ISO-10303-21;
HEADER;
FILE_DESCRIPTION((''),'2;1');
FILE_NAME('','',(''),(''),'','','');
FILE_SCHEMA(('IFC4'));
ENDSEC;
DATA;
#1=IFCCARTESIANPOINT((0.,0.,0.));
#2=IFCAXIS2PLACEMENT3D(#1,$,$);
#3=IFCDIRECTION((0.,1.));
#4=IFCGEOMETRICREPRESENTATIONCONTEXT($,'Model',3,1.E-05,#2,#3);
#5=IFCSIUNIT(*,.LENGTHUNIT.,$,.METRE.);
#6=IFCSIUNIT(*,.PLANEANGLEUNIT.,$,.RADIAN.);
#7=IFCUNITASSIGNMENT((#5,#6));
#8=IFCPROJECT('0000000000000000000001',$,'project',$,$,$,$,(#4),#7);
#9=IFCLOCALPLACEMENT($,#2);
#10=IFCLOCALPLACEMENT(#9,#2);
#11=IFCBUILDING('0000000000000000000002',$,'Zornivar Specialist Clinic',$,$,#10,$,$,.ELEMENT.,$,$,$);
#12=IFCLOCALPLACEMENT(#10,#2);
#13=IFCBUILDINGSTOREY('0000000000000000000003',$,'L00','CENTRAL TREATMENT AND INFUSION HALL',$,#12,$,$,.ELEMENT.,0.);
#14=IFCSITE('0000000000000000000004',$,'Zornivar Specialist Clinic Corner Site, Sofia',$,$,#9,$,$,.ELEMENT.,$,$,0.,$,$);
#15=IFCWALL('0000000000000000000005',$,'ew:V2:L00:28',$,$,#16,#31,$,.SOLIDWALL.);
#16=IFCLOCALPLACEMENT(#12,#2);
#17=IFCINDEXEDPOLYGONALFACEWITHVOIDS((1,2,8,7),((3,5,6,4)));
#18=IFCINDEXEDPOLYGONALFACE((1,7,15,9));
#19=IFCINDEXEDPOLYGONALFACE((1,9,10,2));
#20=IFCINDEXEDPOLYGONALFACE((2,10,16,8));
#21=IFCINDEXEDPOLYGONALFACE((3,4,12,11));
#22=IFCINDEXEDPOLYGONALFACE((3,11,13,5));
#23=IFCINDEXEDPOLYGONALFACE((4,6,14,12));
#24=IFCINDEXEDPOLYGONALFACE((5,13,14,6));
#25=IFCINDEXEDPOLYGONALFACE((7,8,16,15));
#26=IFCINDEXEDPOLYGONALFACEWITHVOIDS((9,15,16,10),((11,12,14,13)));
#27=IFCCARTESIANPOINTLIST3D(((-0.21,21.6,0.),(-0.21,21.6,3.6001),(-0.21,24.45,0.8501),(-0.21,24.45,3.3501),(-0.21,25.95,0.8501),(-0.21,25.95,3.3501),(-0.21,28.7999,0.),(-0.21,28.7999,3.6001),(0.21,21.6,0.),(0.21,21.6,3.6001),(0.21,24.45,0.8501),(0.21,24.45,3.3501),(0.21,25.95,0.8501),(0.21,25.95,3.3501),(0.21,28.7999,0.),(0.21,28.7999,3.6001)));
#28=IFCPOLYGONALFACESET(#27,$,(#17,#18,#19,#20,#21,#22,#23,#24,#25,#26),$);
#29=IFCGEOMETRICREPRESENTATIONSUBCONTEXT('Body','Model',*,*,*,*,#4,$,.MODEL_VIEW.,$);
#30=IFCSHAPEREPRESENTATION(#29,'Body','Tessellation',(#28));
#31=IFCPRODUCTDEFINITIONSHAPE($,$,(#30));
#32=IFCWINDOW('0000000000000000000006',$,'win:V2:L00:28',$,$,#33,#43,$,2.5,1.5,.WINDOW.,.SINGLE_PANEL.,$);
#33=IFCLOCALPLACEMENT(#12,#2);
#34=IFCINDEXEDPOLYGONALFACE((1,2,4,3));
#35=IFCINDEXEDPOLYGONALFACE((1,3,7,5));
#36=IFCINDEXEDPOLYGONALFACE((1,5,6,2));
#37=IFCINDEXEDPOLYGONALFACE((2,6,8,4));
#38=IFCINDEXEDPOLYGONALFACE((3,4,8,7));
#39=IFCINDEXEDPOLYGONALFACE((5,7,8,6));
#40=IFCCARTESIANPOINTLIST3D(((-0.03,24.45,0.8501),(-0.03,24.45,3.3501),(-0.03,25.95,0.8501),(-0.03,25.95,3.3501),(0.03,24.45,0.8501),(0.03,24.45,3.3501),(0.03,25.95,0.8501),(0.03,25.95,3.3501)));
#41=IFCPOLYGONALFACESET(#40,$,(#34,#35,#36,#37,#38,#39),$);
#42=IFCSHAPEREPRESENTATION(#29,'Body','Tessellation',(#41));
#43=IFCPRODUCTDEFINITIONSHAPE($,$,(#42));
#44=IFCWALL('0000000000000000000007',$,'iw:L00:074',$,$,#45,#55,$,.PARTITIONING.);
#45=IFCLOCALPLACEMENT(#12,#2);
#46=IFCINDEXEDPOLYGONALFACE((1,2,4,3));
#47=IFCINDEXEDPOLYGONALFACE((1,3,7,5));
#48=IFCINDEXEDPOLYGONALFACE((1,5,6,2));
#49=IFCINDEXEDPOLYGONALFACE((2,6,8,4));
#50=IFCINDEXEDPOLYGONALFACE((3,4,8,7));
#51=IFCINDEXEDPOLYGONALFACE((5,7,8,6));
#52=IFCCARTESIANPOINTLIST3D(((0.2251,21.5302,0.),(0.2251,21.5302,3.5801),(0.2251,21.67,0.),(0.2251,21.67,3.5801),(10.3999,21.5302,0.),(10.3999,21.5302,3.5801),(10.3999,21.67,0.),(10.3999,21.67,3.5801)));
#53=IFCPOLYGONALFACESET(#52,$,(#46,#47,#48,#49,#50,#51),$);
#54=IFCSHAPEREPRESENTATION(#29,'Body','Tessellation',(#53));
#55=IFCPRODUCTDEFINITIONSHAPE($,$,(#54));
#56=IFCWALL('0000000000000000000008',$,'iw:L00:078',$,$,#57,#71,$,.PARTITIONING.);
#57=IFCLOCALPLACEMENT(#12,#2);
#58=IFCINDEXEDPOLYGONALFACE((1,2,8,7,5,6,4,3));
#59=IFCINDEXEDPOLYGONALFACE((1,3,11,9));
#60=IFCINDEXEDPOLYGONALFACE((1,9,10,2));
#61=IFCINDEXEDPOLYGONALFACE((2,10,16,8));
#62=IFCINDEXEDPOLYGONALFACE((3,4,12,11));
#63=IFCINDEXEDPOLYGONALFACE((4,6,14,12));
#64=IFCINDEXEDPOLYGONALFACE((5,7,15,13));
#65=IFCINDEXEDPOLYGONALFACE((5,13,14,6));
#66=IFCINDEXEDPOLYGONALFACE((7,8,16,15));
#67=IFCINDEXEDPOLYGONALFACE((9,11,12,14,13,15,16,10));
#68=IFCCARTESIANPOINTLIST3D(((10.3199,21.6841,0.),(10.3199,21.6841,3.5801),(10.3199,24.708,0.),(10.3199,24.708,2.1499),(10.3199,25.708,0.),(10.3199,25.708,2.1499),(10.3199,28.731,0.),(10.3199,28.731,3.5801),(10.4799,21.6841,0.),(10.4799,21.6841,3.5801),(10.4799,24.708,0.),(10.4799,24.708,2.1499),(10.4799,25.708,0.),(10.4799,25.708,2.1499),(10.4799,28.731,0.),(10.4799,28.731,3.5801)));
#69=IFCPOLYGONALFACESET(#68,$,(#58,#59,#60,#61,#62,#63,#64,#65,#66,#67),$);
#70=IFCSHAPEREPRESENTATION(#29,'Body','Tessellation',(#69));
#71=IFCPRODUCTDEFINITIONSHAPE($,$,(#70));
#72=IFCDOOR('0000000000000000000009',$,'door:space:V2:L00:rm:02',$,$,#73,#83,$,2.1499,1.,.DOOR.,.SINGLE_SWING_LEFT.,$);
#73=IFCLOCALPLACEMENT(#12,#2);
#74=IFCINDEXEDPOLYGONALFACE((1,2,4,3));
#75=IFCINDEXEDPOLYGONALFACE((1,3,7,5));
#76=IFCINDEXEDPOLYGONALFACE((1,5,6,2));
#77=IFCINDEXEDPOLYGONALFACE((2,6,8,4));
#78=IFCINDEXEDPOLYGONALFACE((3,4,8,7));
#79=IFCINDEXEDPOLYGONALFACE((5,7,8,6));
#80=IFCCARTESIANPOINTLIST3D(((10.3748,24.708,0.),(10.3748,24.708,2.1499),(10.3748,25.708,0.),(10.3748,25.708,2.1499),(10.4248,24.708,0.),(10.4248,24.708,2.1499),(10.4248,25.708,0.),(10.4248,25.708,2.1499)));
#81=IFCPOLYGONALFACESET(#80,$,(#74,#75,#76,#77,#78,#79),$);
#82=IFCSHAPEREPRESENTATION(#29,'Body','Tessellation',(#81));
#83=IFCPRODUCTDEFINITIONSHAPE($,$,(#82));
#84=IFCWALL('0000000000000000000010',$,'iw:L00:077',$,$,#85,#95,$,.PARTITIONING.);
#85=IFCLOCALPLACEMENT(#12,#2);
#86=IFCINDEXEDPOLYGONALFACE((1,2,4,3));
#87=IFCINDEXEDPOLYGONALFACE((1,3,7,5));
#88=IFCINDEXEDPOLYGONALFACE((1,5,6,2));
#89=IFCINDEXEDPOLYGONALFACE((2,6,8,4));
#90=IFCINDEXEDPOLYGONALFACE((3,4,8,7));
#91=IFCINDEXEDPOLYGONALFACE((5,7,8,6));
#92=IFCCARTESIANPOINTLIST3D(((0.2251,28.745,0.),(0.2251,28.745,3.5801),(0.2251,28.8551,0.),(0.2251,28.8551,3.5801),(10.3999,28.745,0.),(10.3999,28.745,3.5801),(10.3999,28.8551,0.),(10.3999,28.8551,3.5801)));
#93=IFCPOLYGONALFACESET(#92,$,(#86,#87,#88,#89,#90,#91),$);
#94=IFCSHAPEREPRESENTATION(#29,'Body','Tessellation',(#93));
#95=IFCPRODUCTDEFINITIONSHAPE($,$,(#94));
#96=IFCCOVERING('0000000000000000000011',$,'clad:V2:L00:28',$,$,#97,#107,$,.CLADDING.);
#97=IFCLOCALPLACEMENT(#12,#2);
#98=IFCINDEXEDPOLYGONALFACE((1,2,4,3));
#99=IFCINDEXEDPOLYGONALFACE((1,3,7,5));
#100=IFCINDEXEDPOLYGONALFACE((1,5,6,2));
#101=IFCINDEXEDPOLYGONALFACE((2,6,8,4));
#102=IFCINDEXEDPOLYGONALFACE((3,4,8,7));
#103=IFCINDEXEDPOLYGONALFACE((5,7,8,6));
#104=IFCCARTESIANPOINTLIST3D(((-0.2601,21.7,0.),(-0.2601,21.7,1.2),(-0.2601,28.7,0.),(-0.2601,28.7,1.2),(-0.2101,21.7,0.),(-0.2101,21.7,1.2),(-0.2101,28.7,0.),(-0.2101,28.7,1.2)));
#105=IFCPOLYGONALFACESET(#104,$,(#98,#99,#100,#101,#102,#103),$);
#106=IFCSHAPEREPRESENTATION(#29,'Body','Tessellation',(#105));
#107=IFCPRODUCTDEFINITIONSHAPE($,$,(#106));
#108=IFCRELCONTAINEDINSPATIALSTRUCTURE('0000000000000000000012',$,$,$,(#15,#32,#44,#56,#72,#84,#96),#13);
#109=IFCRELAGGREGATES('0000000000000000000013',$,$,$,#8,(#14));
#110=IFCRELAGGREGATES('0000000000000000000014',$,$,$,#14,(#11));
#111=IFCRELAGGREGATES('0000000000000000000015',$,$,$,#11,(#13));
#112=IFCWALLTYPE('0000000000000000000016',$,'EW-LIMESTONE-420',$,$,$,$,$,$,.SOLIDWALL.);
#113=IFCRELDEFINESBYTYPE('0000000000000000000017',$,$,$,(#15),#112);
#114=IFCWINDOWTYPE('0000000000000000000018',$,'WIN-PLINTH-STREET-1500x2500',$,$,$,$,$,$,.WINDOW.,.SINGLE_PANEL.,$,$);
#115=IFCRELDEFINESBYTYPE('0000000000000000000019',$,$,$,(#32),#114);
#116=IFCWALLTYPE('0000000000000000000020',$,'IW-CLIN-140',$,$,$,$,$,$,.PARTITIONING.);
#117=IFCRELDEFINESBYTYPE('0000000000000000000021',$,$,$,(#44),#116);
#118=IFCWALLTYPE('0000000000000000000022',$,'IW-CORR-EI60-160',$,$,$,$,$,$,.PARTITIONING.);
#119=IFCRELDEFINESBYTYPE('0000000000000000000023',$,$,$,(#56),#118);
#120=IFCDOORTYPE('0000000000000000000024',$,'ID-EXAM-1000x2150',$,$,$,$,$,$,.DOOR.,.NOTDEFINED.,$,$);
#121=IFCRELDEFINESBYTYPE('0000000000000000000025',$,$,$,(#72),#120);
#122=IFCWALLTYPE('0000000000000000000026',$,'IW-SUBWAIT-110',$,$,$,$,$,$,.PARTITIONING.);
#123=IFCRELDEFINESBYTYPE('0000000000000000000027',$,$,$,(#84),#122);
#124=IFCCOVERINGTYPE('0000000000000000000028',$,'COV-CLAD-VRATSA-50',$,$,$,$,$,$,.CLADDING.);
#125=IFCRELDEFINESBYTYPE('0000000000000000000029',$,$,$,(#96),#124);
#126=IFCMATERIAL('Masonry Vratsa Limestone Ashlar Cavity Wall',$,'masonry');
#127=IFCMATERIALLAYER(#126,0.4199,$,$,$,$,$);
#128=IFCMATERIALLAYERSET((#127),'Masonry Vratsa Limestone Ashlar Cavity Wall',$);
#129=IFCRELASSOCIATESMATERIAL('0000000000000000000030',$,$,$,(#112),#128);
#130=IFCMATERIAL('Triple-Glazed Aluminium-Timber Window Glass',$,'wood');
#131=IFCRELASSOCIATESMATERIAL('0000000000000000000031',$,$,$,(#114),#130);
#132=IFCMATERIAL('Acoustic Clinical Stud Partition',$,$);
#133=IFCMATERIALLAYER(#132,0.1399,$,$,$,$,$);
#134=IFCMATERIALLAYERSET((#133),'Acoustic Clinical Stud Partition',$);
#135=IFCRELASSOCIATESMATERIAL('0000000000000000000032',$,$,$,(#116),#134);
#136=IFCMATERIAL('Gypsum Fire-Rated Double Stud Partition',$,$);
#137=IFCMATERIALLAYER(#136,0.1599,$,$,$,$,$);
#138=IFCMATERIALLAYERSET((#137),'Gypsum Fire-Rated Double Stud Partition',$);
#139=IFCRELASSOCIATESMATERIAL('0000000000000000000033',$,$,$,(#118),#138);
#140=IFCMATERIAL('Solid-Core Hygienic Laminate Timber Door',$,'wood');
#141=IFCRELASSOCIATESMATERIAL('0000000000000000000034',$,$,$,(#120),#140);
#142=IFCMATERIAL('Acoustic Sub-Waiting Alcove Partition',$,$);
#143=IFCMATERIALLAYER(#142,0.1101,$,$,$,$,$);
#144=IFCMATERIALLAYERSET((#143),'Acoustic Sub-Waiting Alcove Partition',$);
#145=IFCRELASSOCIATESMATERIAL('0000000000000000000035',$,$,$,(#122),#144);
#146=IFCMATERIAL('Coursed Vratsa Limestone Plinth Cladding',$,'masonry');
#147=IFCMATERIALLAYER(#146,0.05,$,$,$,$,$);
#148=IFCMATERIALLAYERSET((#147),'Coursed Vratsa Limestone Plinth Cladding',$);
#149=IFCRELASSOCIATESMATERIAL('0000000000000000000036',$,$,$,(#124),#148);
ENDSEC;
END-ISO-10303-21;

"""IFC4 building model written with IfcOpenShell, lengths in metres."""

from ifc_helpers import new_model, si_unit, direction, frame, frame_2d, origin, origin_2d, place, context, subcontext, project, spatial, rectangle, extrude, material, layer, layer_set, type_object, element, fill, save


model = new_model("IFC4")

# Units and contexts
model_context = context("Model", 3, precision=1e-05, world=origin(), true_north=direction((0.0, 1.0)))
body_context = subcontext(model_context, "Body", "Model", "MODEL_VIEW")
ifc_project = project(units=[si_unit("LENGTHUNIT", "METRE"), si_unit("PLANEANGLEUNIT", "RADIAN")], contexts=[model_context])

# Site, building, storey
site_placement = place(None, origin())
site = spatial("IfcSite", under=ifc_project, at=site_placement, Name="Zornivar Specialist Clinic Corner Site, Sofia", CompositionType="ELEMENT", RefElevation=0.0)
building_placement = place(site_placement, origin())
building = spatial("IfcBuilding", under=site, at=building_placement, Name="Zornivar Specialist Clinic", CompositionType="ELEMENT")
storey_placement = place(building_placement, origin())
storey = spatial("IfcBuildingStorey", under=building, at=storey_placement, Name="L00", Description="CENTRAL TREATMENT AND INFUSION HALL", CompositionType="ELEMENT", Elevation=0.0)

# Wall, opening, window
ifc_material_1 = material(Name="Masonry Vratsa Limestone Ashlar Cavity Wall", Category="masonry")
ifc_layer_1 = layer(ifc_material_1, 0.4199)
ifc_layer_set_1 = layer_set([ifc_layer_1], Name="Masonry Vratsa Limestone Ashlar Cavity Wall")
wall_type_1 = type_object("IfcWallType", Name="EW-LIMESTONE-420", PredefinedType="SOLIDWALL", material=ifc_layer_set_1)
wall_1_placement = place(storey_placement, frame((0.0, 28.8, 0.0), z_axis=(0.0, 0.0, 1.0), x_axis=(0.0, -1.0, 0.0)))
wall_1 = element("IfcWall", 1, at=wall_1_placement, inside=storey, type_object=wall_type_1, Name="ew:V2:L00:28", PredefinedType="SOLIDWALL", context=body_context, shape_type="SweptSolid", body=[
    extrude(rectangle(XDim=7.2, YDim=0.4199, at=frame_2d((3.6001, 0.0))), origin(), (0.0, 0.0, 1.0), 3.6001),
])
opening_1_placement = place(wall_1_placement, frame((2.8501, 0.0, 0.8501)))
opening_1 = element("IfcOpeningElement", 2, at=opening_1_placement, cuts=wall_1, PredefinedType="OPENING", context=body_context, shape_type="SweptSolid", body=[
    extrude(rectangle(XDim=1.5, YDim=2.5, at=frame_2d((0.75, 1.25))), frame((0.0, 0.22, 0.0), z_axis=(0.0, -1.0, 0.0), x_axis=(1.0, 0.0, 0.0)), (0.0, 0.0, 1.0), 0.4399),
])
ifc_material_2 = material(Name="Triple-Glazed Aluminium-Timber Window Glass", Category="wood")
window_type_1 = type_object("IfcWindowType", Name="WIN-PLINTH-STREET-1500x2500", PartitioningType="SINGLE_PANEL", PredefinedType="WINDOW", material=ifc_material_2)
window_1_placement = place(opening_1_placement, origin())
window_1 = element("IfcWindow", 3, at=window_1_placement, inside=storey, type_object=window_type_1, Name="win:V2:L00:28", OverallHeight=2.5, OverallWidth=1.5, PartitioningType="SINGLE_PANEL", PredefinedType="WINDOW", context=body_context, shape_type="SweptSolid", body=[
    extrude(rectangle(XDim=1.5, YDim=2.5, at=frame_2d((0.75, 1.25))), frame((0.0, 0.03, 0.0), z_axis=(0.0, -1.0, 0.0), x_axis=(1.0, 0.0, 0.0)), (0.0, 0.0, 1.0), 0.0601),
])
fill(opening_1, window_1)

# Wall
ifc_material_3 = material(Name="Acoustic Clinical Stud Partition")
ifc_layer_2 = layer(ifc_material_3, 0.1399)
ifc_layer_set_2 = layer_set([ifc_layer_2], Name="Acoustic Clinical Stud Partition")
wall_type_2 = type_object("IfcWallType", Name="IW-CLIN-140", PredefinedType="PARTITIONING", material=ifc_layer_set_2)
wall_2_placement = place(storey_placement, frame((0.2251, 21.6001, 0.0), z_axis=(0.0, 0.0, 1.0), x_axis=(1.0, 0.0, 0.0)))
element("IfcWall", 4, at=wall_2_placement, inside=storey, type_object=wall_type_2, Name="iw:L00:074", PredefinedType="PARTITIONING", context=body_context, shape_type="SweptSolid", body=[
    extrude(rectangle(XDim=10.1748, YDim=0.1399, at=frame_2d((5.0874, 0.0))), origin(), (0.0, 0.0, 1.0), 3.5801),
])

# Wall, opening, door
ifc_material_4 = material(Name="Gypsum Fire-Rated Double Stud Partition")
ifc_layer_3 = layer(ifc_material_4, 0.1599)
ifc_layer_set_3 = layer_set([ifc_layer_3], Name="Gypsum Fire-Rated Double Stud Partition")
wall_type_3 = type_object("IfcWallType", Name="IW-CORR-EI60-160", PredefinedType="PARTITIONING", material=ifc_layer_set_3)
wall_3_placement = place(storey_placement, frame((10.3999, 28.731, 0.0), z_axis=(0.0, 0.0, 1.0), x_axis=(0.0, -1.0, 0.0)))
wall_3 = element("IfcWall", 5, at=wall_3_placement, inside=storey, type_object=wall_type_3, Name="iw:L00:078", PredefinedType="PARTITIONING", context=body_context, shape_type="SweptSolid", body=[
    extrude(rectangle(XDim=7.0469, YDim=0.1599, at=frame_2d((3.5234, 0.0))), origin(), (0.0, 0.0, 1.0), 3.5801),
])
opening_2_placement = place(wall_3_placement, frame((3.0229, 0.0, 0.0)))
opening_2 = element("IfcOpeningElement", 6, at=opening_2_placement, cuts=wall_3, PredefinedType="OPENING", context=body_context, shape_type="SweptSolid", body=[
    extrude(rectangle(XDim=1.0, YDim=2.1499, at=frame_2d((0.5, 1.075))), frame((0.0, 0.0898, 0.0), z_axis=(0.0, -1.0, 0.0), x_axis=(1.0, 0.0, 0.0)), (0.0, 0.0, 1.0), 0.1799),
])
ifc_material_5 = material(Name="Solid-Core Hygienic Laminate Timber Door", Category="wood")
door_type = type_object("IfcDoorType", Name="ID-EXAM-1000x2150", OperationType="NOTDEFINED", PredefinedType="DOOR", material=ifc_material_5)
door_placement = place(opening_2_placement, origin())
door = element("IfcDoor", 7, at=door_placement, inside=storey, type_object=door_type, Name="door:space:V2:L00:rm:02", OperationType="SINGLE_SWING_LEFT", OverallHeight=2.1499, OverallWidth=1.0, PredefinedType="DOOR", context=body_context, shape_type="SweptSolid", body=[
    extrude(rectangle(XDim=1.0, YDim=2.1499, at=frame_2d((0.5, 1.075))), frame((0.0, 0.0249, 0.0), z_axis=(0.0, -1.0, 0.0), x_axis=(1.0, 0.0, 0.0)), (0.0, 0.0, 1.0), 0.05),
])
fill(opening_2, door)

# Wall
ifc_material_6 = material(Name="Acoustic Sub-Waiting Alcove Partition")
ifc_layer_4 = layer(ifc_material_6, 0.1101)
ifc_layer_set_4 = layer_set([ifc_layer_4], Name="Acoustic Sub-Waiting Alcove Partition")
wall_type_4 = type_object("IfcWallType", Name="IW-SUBWAIT-110", PredefinedType="PARTITIONING", material=ifc_layer_set_4)
wall_4_placement = place(storey_placement, frame((0.2251, 28.8, 0.0), z_axis=(0.0, 0.0, 1.0), x_axis=(1.0, 0.0, 0.0)))
element("IfcWall", 8, at=wall_4_placement, inside=storey, type_object=wall_type_4, Name="iw:L00:077", PredefinedType="PARTITIONING", context=body_context, shape_type="SweptSolid", body=[
    extrude(rectangle(XDim=10.1748, YDim=0.1101, at=frame_2d((5.0874, 0.0))), origin(), (0.0, 0.0, 1.0), 3.5801),
])

# Covering
ifc_material_7 = material(Name="Coursed Vratsa Limestone Plinth Cladding", Category="masonry")
ifc_layer_5 = layer(ifc_material_7, 0.05)
ifc_layer_set_5 = layer_set([ifc_layer_5], Name="Coursed Vratsa Limestone Plinth Cladding")
covering_type = type_object("IfcCoveringType", Name="COV-CLAD-VRATSA-50", PredefinedType="CLADDING", material=ifc_layer_set_5)
covering_placement = place(storey_placement, frame((-0.2351, 25.2, 0.0), z_axis=(0.0, 0.0, 1.0), x_axis=(0.0, -1.0, 0.0)))
element("IfcCovering", 9, at=covering_placement, inside=storey, type_object=covering_type, Name="clad:V2:L00:28", PredefinedType="CLADDING", context=body_context, shape_type="SweptSolid", body=[
    extrude(rectangle(XDim=7.0, YDim=0.05, at=origin_2d()), origin(), (0.0, 0.0, 1.0), 1.2),
])

save(model, "model.ifc")
